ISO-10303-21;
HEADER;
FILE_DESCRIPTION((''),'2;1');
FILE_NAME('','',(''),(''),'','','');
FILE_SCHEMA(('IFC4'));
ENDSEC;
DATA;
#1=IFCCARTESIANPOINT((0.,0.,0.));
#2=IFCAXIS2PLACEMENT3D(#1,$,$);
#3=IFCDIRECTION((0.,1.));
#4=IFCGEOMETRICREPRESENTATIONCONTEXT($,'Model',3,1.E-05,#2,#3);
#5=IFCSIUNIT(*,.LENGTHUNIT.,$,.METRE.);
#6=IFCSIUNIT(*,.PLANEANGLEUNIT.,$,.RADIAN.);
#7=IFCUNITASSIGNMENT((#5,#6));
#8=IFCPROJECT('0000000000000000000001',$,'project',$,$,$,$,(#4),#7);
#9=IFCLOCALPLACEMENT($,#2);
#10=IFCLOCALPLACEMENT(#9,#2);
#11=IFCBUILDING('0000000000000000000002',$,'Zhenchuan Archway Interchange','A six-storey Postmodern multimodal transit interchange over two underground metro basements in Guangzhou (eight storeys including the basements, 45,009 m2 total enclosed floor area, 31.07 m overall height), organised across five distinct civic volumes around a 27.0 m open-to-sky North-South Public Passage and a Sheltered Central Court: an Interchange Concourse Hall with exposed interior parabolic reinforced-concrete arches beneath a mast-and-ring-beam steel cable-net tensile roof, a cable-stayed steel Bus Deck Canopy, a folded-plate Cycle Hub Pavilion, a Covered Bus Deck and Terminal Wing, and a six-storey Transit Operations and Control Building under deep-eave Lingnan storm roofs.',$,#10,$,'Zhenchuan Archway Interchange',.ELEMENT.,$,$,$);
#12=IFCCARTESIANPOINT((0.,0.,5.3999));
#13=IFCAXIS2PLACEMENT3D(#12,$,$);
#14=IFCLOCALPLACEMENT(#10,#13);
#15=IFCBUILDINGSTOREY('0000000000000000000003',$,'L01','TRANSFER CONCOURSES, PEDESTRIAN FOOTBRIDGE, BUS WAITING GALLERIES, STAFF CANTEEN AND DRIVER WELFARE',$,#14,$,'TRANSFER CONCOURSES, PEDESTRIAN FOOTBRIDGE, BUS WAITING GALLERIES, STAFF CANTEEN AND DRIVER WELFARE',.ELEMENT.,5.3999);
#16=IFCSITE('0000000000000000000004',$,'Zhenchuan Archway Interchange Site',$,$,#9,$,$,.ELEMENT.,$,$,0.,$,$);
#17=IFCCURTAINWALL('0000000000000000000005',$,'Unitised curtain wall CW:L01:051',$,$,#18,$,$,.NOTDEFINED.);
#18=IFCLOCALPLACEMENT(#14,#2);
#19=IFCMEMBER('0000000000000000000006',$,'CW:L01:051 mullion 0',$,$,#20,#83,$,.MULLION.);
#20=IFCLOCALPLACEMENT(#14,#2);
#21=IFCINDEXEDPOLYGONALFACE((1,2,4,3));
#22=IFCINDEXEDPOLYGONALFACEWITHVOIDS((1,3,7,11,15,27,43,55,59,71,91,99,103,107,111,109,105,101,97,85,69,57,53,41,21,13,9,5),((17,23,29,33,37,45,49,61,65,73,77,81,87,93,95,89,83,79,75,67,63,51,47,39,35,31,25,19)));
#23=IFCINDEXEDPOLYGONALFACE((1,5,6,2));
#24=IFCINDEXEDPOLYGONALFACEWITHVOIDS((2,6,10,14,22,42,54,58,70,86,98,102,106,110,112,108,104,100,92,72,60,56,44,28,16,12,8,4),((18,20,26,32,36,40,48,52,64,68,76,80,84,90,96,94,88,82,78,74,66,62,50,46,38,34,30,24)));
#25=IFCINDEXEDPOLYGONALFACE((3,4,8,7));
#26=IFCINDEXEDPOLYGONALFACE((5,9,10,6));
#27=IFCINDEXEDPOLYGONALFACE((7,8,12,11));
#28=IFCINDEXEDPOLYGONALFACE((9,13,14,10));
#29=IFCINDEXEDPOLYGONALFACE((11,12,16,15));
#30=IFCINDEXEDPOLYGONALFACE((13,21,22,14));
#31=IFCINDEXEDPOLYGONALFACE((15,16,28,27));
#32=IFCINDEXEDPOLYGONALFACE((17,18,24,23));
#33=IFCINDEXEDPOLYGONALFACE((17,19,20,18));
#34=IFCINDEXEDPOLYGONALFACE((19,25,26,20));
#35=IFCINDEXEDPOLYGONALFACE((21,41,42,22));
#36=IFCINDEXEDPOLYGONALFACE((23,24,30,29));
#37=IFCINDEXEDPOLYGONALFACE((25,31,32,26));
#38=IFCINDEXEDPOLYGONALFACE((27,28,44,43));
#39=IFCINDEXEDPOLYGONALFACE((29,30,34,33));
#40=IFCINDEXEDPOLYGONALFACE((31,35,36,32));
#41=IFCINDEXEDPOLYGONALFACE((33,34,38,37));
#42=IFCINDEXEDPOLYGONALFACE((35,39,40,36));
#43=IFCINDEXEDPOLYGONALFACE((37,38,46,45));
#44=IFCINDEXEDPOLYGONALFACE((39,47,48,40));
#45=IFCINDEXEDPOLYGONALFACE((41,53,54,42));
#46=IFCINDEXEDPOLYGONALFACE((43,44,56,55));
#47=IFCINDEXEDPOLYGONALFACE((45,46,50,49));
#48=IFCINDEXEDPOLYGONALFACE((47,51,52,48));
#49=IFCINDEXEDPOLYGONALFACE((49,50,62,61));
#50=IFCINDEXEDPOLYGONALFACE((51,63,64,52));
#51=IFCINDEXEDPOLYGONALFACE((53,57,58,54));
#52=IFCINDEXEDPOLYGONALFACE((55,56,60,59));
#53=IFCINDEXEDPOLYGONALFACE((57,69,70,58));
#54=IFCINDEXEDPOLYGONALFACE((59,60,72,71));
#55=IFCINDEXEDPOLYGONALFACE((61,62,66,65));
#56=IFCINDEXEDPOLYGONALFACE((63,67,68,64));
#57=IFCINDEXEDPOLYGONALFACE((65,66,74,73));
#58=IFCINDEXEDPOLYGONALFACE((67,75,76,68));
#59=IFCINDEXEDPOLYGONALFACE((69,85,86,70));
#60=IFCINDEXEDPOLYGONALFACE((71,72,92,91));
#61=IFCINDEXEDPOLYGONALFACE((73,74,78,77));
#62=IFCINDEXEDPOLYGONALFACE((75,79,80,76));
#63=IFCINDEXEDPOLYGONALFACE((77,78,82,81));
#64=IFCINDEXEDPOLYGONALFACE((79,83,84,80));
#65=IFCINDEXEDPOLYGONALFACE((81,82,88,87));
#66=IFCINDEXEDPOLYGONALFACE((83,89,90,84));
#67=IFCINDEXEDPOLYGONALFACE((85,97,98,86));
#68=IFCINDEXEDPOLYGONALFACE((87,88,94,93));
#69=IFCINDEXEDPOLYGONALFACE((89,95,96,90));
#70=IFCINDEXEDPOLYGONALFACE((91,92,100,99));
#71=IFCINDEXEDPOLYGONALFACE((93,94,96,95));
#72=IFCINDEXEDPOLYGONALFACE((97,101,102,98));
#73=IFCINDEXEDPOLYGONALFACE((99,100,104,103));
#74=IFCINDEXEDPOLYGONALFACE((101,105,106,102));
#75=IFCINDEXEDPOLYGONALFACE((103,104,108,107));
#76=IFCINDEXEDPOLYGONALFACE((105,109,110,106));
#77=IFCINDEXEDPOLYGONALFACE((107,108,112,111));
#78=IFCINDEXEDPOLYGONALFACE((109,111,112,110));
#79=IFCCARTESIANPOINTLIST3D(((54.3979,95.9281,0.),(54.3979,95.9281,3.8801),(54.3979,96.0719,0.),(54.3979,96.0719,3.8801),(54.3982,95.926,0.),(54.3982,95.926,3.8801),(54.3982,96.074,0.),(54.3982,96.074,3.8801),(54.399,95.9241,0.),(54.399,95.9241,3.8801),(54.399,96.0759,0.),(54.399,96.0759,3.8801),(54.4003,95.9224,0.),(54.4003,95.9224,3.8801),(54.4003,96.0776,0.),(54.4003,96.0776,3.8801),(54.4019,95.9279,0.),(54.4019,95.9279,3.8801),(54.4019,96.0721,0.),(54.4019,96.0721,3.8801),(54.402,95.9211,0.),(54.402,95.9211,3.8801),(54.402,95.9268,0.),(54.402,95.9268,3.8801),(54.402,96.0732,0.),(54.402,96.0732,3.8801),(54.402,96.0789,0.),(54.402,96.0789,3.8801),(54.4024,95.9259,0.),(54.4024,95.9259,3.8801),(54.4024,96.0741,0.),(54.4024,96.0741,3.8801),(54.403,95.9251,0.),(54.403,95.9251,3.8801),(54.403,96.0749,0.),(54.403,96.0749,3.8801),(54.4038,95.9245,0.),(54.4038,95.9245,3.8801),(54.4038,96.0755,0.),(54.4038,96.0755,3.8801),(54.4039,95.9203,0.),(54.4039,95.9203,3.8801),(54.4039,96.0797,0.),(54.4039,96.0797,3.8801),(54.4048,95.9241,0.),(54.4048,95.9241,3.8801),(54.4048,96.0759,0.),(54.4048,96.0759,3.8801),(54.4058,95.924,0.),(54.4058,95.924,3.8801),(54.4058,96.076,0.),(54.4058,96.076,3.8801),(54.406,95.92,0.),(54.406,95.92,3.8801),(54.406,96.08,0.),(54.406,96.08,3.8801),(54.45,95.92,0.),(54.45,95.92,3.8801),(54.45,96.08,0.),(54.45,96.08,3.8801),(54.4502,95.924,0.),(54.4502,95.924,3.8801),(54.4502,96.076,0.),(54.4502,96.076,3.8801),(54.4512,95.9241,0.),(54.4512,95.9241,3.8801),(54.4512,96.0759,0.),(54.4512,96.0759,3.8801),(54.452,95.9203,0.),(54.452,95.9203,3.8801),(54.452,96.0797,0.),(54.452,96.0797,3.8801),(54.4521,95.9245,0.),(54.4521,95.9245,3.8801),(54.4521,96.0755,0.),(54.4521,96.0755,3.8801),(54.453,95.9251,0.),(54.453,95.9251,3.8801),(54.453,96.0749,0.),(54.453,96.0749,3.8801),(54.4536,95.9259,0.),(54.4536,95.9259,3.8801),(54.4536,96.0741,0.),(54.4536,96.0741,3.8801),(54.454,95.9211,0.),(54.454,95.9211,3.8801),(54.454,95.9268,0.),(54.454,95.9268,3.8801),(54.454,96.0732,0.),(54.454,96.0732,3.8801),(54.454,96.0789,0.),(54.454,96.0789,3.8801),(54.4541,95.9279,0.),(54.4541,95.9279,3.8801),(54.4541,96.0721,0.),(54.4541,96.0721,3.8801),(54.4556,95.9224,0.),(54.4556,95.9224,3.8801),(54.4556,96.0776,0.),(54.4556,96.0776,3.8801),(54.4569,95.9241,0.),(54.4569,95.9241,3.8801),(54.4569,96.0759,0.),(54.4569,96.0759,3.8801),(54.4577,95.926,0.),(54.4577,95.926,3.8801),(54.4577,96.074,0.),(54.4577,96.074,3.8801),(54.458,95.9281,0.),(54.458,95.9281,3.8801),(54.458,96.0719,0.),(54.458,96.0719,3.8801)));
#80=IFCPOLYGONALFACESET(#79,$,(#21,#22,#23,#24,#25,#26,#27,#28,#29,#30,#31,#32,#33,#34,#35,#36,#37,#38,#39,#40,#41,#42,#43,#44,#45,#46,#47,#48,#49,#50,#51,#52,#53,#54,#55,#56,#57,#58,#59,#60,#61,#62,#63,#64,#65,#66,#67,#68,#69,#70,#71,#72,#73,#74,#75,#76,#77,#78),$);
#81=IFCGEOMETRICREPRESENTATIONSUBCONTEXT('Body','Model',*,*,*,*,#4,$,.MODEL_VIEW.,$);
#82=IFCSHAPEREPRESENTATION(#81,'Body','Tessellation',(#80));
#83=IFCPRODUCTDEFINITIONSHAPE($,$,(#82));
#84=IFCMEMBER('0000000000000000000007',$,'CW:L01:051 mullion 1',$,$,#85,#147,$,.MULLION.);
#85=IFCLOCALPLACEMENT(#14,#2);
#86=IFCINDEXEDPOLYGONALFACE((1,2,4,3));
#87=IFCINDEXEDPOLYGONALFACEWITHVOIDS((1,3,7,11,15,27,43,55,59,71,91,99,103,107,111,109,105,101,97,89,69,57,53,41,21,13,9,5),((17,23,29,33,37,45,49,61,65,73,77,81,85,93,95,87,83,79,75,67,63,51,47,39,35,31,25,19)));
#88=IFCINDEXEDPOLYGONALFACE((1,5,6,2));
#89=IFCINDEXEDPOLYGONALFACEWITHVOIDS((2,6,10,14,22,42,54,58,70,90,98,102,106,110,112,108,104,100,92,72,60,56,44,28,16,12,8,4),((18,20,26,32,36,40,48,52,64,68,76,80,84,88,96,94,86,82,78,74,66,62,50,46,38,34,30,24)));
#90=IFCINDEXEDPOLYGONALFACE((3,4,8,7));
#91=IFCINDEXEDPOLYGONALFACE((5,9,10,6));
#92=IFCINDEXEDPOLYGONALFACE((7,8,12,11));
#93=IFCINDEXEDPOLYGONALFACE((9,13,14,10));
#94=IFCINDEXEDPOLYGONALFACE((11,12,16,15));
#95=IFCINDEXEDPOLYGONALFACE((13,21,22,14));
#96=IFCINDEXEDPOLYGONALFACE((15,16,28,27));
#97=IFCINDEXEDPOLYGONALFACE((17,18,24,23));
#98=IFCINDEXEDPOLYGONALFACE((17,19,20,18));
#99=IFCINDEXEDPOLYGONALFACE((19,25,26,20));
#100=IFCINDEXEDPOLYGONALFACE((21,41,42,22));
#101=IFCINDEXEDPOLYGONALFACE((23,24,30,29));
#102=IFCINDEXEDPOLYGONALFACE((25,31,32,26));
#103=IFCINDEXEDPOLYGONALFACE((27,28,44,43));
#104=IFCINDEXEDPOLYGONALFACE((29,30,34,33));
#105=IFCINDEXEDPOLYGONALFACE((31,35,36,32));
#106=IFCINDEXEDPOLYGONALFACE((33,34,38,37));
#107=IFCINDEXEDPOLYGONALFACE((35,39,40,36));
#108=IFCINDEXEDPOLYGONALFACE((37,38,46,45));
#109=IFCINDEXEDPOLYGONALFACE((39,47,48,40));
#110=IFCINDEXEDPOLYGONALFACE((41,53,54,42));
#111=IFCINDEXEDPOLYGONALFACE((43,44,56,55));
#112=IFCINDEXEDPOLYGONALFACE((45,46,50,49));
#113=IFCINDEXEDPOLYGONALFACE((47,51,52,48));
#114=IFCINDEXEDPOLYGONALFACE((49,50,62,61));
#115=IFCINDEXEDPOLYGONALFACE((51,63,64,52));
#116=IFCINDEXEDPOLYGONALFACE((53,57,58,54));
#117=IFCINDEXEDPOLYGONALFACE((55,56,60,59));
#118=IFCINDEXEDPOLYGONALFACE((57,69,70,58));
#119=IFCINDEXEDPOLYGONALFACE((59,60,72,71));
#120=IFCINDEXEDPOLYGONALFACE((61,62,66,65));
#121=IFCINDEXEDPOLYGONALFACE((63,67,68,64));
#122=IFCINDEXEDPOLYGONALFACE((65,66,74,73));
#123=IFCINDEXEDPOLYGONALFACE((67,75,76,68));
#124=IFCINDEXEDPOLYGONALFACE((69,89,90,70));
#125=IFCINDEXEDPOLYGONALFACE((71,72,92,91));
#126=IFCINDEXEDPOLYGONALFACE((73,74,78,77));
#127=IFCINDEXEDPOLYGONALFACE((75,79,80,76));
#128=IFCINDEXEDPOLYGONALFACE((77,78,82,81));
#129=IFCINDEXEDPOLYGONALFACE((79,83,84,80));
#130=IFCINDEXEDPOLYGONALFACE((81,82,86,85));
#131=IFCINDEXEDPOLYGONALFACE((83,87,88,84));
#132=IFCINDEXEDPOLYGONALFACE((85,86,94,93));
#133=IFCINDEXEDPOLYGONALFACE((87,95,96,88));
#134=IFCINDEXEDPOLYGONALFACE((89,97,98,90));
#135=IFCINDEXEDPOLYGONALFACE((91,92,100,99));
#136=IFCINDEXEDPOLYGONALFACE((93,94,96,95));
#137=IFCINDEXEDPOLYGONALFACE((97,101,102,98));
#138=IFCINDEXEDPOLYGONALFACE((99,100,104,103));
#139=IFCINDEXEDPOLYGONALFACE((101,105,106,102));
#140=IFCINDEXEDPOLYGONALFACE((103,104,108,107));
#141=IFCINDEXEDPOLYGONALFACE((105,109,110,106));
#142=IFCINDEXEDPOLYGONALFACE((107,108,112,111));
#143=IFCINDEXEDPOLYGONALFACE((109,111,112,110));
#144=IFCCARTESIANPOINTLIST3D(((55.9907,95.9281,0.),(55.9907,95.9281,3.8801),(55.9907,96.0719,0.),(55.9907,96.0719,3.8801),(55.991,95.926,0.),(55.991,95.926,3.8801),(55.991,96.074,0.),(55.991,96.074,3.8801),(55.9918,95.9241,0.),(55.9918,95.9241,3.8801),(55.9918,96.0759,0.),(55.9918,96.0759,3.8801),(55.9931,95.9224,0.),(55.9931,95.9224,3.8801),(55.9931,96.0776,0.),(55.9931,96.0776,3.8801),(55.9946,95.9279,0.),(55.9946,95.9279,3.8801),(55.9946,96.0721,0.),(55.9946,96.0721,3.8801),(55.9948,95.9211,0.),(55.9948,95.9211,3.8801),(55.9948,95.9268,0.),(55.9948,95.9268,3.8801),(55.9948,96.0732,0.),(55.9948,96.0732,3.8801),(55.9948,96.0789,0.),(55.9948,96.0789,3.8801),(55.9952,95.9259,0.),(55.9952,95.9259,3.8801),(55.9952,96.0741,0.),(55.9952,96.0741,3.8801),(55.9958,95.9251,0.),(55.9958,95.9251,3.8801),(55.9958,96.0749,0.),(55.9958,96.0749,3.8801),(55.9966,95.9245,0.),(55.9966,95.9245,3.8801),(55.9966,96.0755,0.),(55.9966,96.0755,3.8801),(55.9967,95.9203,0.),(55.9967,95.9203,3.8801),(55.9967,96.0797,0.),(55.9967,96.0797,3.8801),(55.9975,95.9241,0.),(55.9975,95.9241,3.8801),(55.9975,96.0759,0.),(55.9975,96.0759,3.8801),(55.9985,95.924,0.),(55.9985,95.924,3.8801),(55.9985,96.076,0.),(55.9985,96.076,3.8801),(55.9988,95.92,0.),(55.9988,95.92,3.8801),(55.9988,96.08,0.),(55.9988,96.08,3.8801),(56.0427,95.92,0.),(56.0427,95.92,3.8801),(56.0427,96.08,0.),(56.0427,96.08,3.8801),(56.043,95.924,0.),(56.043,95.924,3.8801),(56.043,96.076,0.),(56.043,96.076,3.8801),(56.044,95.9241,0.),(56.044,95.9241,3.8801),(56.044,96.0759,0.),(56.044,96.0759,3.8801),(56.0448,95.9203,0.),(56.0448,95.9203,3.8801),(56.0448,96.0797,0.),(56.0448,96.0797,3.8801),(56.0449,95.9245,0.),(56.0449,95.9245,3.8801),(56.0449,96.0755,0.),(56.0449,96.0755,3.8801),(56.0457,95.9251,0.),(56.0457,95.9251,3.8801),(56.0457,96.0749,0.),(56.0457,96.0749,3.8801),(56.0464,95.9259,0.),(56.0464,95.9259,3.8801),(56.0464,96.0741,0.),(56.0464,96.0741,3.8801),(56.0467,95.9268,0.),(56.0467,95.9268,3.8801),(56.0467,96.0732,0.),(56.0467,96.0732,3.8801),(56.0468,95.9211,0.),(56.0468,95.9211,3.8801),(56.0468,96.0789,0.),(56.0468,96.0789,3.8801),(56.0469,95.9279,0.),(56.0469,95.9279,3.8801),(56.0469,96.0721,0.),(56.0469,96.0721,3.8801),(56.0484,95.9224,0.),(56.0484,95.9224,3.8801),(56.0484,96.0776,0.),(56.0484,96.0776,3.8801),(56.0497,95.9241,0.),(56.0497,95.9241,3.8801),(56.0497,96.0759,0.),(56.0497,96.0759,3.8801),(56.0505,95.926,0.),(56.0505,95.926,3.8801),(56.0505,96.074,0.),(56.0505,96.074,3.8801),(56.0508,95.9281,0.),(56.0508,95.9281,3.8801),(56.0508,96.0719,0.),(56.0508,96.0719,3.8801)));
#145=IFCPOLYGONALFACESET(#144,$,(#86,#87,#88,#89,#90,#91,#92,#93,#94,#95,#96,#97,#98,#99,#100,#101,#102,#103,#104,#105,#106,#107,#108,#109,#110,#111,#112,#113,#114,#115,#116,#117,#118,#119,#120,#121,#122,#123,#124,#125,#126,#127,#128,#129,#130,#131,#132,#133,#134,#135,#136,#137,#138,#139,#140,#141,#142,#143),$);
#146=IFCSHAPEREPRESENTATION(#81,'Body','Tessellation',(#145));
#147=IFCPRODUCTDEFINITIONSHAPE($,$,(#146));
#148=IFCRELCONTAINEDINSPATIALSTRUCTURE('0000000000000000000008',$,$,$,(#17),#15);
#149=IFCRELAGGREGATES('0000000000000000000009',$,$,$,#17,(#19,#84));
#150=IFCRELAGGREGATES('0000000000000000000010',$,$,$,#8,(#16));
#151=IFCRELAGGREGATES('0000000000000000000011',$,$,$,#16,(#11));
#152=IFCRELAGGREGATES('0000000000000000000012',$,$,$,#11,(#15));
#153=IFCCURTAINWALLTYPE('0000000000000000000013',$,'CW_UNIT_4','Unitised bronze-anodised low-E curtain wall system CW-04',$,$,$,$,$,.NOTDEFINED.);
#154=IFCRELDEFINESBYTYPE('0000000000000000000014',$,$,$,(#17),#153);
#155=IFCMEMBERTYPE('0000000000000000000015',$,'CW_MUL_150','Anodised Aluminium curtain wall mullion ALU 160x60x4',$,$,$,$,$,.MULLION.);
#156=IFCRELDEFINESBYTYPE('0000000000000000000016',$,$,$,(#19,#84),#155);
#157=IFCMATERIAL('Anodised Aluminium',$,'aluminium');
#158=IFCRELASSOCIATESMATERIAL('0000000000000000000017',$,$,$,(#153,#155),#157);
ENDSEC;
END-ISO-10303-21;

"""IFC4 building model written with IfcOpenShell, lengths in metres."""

from ifc_helpers import new_model, si_unit, direction, frame, origin, origin_2d, place, context, subcontext, project, spatial, hollow_rectangle, extrude, material, material_profile, profile_set, type_object, element, aggregate, save


model = new_model("IFC4")

# Units and contexts
model_context = context("Model", 3, precision=1e-05, world=origin(), true_north=direction((0.0, 1.0)))
body_context = subcontext(model_context, "Body", "Model", "MODEL_VIEW")
ifc_project = project(units=[si_unit("LENGTHUNIT", "METRE"), si_unit("PLANEANGLEUNIT", "RADIAN")], contexts=[model_context])

# Site, building, storey
site_placement = place(None, origin())
site = spatial("IfcSite", under=ifc_project, at=site_placement, Name="Zhenchuan Archway Interchange Site", CompositionType="ELEMENT", RefElevation=0.0)
building_placement = place(site_placement, origin())
building = spatial("IfcBuilding", under=site, at=building_placement, Name="Zhenchuan Archway Interchange", Description="A six-storey Postmodern multimodal transit interchange over two underground metro basements in Guangzhou (eight storeys including the basements, 45,009 m2 total enclosed floor area, 31.07 m overall height), organised across five distinct civic volumes around a 27.0 m open-to-sky North-South Public Passage and a Sheltered Central Court: an Interchange Concourse Hall with exposed interior parabolic reinforced-concrete arches beneath a mast-and-ring-beam steel cable-net tensile roof, a cable-stayed steel Bus Deck Canopy, a folded-plate Cycle Hub Pavilion, a Covered Bus Deck and Terminal Wing, and a six-storey Transit Operations and Control Building under deep-eave Lingnan storm roofs.", LongName="Zhenchuan Archway Interchange", CompositionType="ELEMENT")
storey_placement = place(building_placement, frame((0.0, 0.0, 5.3999)))
storey = spatial("IfcBuildingStorey", under=building, at=storey_placement, Name="L01", Description="TRANSFER CONCOURSES, PEDESTRIAN FOOTBRIDGE, BUS WAITING GALLERIES, STAFF CANTEEN AND DRIVER WELFARE", LongName="TRANSFER CONCOURSES, PEDESTRIAN FOOTBRIDGE, BUS WAITING GALLERIES, STAFF CANTEEN AND DRIVER WELFARE", CompositionType="ELEMENT", Elevation=5.3999)

# Curtain wall, members
ifc_material_1 = material(Name="Anodised Aluminium", Category="aluminium")
curtain_wall_type = type_object("IfcCurtainWallType", Name="CW_UNIT_4", Description="Unitised bronze-anodised low-E curtain wall system CW-04", PredefinedType="NOTDEFINED", material=ifc_material_1)
curtain_wall_placement = place(storey_placement, origin())
curtain_wall = element("IfcCurtainWall", 1, at=curtain_wall_placement, inside=storey, type_object=curtain_wall_type, Name="Unitised curtain wall CW:L01:051", PredefinedType="NOTDEFINED")
ifc_material_profile_1 = material_profile(ifc_material_1, hollow_rectangle(XDim=0.0601, YDim=0.1599, WallThickness=0.0039, InnerFilletRadius=0.0039, OuterFilletRadius=0.0081, at=origin_2d()), Name="ALU 160x60x4")
ifc_profile_set_1 = profile_set([ifc_material_profile_1], Name="Anodised Aluminium")
member_type_1 = type_object("IfcMemberType", Name="CW_MUL_150", Description="Anodised Aluminium curtain wall mullion ALU 160x60x4", PredefinedType="MULLION", material=ifc_profile_set_1)
member_1_placement = place(storey_placement, frame((54.428, 96.0, 0.0), z_axis=(0.0, 0.0, 1.0), x_axis=(1.0, 0.0, 0.0)))
member_1 = element("IfcMember", 2, at=member_1_placement, type_object=member_type_1, Name="CW:L01:051 mullion 0", PredefinedType="MULLION", context=body_context, shape_type="SweptSolid", body=[
    extrude(hollow_rectangle(XDim=0.0601, YDim=0.1599, WallThickness=0.0039, InnerFilletRadius=0.0039, OuterFilletRadius=0.0081, at=origin_2d()), origin(), (0.0, 0.0, 1.0), 3.8801),
])
member_2_placement = place(storey_placement, frame((56.0208, 96.0, 0.0), z_axis=(0.0, 0.0, 1.0), x_axis=(1.0, 0.0, 0.0)))
member_2 = element("IfcMember", 3, at=member_2_placement, type_object=member_type_1, Name="CW:L01:051 mullion 1", PredefinedType="MULLION", context=body_context, shape_type="SweptSolid", body=[
    extrude(hollow_rectangle(XDim=0.0601, YDim=0.1599, WallThickness=0.0039, InnerFilletRadius=0.0039, OuterFilletRadius=0.0081, at=origin_2d()), origin(), (0.0, 0.0, 1.0), 3.8801),
])

aggregate(curtain_wall, [member_1, member_2])

save(model, "model.ifc")
